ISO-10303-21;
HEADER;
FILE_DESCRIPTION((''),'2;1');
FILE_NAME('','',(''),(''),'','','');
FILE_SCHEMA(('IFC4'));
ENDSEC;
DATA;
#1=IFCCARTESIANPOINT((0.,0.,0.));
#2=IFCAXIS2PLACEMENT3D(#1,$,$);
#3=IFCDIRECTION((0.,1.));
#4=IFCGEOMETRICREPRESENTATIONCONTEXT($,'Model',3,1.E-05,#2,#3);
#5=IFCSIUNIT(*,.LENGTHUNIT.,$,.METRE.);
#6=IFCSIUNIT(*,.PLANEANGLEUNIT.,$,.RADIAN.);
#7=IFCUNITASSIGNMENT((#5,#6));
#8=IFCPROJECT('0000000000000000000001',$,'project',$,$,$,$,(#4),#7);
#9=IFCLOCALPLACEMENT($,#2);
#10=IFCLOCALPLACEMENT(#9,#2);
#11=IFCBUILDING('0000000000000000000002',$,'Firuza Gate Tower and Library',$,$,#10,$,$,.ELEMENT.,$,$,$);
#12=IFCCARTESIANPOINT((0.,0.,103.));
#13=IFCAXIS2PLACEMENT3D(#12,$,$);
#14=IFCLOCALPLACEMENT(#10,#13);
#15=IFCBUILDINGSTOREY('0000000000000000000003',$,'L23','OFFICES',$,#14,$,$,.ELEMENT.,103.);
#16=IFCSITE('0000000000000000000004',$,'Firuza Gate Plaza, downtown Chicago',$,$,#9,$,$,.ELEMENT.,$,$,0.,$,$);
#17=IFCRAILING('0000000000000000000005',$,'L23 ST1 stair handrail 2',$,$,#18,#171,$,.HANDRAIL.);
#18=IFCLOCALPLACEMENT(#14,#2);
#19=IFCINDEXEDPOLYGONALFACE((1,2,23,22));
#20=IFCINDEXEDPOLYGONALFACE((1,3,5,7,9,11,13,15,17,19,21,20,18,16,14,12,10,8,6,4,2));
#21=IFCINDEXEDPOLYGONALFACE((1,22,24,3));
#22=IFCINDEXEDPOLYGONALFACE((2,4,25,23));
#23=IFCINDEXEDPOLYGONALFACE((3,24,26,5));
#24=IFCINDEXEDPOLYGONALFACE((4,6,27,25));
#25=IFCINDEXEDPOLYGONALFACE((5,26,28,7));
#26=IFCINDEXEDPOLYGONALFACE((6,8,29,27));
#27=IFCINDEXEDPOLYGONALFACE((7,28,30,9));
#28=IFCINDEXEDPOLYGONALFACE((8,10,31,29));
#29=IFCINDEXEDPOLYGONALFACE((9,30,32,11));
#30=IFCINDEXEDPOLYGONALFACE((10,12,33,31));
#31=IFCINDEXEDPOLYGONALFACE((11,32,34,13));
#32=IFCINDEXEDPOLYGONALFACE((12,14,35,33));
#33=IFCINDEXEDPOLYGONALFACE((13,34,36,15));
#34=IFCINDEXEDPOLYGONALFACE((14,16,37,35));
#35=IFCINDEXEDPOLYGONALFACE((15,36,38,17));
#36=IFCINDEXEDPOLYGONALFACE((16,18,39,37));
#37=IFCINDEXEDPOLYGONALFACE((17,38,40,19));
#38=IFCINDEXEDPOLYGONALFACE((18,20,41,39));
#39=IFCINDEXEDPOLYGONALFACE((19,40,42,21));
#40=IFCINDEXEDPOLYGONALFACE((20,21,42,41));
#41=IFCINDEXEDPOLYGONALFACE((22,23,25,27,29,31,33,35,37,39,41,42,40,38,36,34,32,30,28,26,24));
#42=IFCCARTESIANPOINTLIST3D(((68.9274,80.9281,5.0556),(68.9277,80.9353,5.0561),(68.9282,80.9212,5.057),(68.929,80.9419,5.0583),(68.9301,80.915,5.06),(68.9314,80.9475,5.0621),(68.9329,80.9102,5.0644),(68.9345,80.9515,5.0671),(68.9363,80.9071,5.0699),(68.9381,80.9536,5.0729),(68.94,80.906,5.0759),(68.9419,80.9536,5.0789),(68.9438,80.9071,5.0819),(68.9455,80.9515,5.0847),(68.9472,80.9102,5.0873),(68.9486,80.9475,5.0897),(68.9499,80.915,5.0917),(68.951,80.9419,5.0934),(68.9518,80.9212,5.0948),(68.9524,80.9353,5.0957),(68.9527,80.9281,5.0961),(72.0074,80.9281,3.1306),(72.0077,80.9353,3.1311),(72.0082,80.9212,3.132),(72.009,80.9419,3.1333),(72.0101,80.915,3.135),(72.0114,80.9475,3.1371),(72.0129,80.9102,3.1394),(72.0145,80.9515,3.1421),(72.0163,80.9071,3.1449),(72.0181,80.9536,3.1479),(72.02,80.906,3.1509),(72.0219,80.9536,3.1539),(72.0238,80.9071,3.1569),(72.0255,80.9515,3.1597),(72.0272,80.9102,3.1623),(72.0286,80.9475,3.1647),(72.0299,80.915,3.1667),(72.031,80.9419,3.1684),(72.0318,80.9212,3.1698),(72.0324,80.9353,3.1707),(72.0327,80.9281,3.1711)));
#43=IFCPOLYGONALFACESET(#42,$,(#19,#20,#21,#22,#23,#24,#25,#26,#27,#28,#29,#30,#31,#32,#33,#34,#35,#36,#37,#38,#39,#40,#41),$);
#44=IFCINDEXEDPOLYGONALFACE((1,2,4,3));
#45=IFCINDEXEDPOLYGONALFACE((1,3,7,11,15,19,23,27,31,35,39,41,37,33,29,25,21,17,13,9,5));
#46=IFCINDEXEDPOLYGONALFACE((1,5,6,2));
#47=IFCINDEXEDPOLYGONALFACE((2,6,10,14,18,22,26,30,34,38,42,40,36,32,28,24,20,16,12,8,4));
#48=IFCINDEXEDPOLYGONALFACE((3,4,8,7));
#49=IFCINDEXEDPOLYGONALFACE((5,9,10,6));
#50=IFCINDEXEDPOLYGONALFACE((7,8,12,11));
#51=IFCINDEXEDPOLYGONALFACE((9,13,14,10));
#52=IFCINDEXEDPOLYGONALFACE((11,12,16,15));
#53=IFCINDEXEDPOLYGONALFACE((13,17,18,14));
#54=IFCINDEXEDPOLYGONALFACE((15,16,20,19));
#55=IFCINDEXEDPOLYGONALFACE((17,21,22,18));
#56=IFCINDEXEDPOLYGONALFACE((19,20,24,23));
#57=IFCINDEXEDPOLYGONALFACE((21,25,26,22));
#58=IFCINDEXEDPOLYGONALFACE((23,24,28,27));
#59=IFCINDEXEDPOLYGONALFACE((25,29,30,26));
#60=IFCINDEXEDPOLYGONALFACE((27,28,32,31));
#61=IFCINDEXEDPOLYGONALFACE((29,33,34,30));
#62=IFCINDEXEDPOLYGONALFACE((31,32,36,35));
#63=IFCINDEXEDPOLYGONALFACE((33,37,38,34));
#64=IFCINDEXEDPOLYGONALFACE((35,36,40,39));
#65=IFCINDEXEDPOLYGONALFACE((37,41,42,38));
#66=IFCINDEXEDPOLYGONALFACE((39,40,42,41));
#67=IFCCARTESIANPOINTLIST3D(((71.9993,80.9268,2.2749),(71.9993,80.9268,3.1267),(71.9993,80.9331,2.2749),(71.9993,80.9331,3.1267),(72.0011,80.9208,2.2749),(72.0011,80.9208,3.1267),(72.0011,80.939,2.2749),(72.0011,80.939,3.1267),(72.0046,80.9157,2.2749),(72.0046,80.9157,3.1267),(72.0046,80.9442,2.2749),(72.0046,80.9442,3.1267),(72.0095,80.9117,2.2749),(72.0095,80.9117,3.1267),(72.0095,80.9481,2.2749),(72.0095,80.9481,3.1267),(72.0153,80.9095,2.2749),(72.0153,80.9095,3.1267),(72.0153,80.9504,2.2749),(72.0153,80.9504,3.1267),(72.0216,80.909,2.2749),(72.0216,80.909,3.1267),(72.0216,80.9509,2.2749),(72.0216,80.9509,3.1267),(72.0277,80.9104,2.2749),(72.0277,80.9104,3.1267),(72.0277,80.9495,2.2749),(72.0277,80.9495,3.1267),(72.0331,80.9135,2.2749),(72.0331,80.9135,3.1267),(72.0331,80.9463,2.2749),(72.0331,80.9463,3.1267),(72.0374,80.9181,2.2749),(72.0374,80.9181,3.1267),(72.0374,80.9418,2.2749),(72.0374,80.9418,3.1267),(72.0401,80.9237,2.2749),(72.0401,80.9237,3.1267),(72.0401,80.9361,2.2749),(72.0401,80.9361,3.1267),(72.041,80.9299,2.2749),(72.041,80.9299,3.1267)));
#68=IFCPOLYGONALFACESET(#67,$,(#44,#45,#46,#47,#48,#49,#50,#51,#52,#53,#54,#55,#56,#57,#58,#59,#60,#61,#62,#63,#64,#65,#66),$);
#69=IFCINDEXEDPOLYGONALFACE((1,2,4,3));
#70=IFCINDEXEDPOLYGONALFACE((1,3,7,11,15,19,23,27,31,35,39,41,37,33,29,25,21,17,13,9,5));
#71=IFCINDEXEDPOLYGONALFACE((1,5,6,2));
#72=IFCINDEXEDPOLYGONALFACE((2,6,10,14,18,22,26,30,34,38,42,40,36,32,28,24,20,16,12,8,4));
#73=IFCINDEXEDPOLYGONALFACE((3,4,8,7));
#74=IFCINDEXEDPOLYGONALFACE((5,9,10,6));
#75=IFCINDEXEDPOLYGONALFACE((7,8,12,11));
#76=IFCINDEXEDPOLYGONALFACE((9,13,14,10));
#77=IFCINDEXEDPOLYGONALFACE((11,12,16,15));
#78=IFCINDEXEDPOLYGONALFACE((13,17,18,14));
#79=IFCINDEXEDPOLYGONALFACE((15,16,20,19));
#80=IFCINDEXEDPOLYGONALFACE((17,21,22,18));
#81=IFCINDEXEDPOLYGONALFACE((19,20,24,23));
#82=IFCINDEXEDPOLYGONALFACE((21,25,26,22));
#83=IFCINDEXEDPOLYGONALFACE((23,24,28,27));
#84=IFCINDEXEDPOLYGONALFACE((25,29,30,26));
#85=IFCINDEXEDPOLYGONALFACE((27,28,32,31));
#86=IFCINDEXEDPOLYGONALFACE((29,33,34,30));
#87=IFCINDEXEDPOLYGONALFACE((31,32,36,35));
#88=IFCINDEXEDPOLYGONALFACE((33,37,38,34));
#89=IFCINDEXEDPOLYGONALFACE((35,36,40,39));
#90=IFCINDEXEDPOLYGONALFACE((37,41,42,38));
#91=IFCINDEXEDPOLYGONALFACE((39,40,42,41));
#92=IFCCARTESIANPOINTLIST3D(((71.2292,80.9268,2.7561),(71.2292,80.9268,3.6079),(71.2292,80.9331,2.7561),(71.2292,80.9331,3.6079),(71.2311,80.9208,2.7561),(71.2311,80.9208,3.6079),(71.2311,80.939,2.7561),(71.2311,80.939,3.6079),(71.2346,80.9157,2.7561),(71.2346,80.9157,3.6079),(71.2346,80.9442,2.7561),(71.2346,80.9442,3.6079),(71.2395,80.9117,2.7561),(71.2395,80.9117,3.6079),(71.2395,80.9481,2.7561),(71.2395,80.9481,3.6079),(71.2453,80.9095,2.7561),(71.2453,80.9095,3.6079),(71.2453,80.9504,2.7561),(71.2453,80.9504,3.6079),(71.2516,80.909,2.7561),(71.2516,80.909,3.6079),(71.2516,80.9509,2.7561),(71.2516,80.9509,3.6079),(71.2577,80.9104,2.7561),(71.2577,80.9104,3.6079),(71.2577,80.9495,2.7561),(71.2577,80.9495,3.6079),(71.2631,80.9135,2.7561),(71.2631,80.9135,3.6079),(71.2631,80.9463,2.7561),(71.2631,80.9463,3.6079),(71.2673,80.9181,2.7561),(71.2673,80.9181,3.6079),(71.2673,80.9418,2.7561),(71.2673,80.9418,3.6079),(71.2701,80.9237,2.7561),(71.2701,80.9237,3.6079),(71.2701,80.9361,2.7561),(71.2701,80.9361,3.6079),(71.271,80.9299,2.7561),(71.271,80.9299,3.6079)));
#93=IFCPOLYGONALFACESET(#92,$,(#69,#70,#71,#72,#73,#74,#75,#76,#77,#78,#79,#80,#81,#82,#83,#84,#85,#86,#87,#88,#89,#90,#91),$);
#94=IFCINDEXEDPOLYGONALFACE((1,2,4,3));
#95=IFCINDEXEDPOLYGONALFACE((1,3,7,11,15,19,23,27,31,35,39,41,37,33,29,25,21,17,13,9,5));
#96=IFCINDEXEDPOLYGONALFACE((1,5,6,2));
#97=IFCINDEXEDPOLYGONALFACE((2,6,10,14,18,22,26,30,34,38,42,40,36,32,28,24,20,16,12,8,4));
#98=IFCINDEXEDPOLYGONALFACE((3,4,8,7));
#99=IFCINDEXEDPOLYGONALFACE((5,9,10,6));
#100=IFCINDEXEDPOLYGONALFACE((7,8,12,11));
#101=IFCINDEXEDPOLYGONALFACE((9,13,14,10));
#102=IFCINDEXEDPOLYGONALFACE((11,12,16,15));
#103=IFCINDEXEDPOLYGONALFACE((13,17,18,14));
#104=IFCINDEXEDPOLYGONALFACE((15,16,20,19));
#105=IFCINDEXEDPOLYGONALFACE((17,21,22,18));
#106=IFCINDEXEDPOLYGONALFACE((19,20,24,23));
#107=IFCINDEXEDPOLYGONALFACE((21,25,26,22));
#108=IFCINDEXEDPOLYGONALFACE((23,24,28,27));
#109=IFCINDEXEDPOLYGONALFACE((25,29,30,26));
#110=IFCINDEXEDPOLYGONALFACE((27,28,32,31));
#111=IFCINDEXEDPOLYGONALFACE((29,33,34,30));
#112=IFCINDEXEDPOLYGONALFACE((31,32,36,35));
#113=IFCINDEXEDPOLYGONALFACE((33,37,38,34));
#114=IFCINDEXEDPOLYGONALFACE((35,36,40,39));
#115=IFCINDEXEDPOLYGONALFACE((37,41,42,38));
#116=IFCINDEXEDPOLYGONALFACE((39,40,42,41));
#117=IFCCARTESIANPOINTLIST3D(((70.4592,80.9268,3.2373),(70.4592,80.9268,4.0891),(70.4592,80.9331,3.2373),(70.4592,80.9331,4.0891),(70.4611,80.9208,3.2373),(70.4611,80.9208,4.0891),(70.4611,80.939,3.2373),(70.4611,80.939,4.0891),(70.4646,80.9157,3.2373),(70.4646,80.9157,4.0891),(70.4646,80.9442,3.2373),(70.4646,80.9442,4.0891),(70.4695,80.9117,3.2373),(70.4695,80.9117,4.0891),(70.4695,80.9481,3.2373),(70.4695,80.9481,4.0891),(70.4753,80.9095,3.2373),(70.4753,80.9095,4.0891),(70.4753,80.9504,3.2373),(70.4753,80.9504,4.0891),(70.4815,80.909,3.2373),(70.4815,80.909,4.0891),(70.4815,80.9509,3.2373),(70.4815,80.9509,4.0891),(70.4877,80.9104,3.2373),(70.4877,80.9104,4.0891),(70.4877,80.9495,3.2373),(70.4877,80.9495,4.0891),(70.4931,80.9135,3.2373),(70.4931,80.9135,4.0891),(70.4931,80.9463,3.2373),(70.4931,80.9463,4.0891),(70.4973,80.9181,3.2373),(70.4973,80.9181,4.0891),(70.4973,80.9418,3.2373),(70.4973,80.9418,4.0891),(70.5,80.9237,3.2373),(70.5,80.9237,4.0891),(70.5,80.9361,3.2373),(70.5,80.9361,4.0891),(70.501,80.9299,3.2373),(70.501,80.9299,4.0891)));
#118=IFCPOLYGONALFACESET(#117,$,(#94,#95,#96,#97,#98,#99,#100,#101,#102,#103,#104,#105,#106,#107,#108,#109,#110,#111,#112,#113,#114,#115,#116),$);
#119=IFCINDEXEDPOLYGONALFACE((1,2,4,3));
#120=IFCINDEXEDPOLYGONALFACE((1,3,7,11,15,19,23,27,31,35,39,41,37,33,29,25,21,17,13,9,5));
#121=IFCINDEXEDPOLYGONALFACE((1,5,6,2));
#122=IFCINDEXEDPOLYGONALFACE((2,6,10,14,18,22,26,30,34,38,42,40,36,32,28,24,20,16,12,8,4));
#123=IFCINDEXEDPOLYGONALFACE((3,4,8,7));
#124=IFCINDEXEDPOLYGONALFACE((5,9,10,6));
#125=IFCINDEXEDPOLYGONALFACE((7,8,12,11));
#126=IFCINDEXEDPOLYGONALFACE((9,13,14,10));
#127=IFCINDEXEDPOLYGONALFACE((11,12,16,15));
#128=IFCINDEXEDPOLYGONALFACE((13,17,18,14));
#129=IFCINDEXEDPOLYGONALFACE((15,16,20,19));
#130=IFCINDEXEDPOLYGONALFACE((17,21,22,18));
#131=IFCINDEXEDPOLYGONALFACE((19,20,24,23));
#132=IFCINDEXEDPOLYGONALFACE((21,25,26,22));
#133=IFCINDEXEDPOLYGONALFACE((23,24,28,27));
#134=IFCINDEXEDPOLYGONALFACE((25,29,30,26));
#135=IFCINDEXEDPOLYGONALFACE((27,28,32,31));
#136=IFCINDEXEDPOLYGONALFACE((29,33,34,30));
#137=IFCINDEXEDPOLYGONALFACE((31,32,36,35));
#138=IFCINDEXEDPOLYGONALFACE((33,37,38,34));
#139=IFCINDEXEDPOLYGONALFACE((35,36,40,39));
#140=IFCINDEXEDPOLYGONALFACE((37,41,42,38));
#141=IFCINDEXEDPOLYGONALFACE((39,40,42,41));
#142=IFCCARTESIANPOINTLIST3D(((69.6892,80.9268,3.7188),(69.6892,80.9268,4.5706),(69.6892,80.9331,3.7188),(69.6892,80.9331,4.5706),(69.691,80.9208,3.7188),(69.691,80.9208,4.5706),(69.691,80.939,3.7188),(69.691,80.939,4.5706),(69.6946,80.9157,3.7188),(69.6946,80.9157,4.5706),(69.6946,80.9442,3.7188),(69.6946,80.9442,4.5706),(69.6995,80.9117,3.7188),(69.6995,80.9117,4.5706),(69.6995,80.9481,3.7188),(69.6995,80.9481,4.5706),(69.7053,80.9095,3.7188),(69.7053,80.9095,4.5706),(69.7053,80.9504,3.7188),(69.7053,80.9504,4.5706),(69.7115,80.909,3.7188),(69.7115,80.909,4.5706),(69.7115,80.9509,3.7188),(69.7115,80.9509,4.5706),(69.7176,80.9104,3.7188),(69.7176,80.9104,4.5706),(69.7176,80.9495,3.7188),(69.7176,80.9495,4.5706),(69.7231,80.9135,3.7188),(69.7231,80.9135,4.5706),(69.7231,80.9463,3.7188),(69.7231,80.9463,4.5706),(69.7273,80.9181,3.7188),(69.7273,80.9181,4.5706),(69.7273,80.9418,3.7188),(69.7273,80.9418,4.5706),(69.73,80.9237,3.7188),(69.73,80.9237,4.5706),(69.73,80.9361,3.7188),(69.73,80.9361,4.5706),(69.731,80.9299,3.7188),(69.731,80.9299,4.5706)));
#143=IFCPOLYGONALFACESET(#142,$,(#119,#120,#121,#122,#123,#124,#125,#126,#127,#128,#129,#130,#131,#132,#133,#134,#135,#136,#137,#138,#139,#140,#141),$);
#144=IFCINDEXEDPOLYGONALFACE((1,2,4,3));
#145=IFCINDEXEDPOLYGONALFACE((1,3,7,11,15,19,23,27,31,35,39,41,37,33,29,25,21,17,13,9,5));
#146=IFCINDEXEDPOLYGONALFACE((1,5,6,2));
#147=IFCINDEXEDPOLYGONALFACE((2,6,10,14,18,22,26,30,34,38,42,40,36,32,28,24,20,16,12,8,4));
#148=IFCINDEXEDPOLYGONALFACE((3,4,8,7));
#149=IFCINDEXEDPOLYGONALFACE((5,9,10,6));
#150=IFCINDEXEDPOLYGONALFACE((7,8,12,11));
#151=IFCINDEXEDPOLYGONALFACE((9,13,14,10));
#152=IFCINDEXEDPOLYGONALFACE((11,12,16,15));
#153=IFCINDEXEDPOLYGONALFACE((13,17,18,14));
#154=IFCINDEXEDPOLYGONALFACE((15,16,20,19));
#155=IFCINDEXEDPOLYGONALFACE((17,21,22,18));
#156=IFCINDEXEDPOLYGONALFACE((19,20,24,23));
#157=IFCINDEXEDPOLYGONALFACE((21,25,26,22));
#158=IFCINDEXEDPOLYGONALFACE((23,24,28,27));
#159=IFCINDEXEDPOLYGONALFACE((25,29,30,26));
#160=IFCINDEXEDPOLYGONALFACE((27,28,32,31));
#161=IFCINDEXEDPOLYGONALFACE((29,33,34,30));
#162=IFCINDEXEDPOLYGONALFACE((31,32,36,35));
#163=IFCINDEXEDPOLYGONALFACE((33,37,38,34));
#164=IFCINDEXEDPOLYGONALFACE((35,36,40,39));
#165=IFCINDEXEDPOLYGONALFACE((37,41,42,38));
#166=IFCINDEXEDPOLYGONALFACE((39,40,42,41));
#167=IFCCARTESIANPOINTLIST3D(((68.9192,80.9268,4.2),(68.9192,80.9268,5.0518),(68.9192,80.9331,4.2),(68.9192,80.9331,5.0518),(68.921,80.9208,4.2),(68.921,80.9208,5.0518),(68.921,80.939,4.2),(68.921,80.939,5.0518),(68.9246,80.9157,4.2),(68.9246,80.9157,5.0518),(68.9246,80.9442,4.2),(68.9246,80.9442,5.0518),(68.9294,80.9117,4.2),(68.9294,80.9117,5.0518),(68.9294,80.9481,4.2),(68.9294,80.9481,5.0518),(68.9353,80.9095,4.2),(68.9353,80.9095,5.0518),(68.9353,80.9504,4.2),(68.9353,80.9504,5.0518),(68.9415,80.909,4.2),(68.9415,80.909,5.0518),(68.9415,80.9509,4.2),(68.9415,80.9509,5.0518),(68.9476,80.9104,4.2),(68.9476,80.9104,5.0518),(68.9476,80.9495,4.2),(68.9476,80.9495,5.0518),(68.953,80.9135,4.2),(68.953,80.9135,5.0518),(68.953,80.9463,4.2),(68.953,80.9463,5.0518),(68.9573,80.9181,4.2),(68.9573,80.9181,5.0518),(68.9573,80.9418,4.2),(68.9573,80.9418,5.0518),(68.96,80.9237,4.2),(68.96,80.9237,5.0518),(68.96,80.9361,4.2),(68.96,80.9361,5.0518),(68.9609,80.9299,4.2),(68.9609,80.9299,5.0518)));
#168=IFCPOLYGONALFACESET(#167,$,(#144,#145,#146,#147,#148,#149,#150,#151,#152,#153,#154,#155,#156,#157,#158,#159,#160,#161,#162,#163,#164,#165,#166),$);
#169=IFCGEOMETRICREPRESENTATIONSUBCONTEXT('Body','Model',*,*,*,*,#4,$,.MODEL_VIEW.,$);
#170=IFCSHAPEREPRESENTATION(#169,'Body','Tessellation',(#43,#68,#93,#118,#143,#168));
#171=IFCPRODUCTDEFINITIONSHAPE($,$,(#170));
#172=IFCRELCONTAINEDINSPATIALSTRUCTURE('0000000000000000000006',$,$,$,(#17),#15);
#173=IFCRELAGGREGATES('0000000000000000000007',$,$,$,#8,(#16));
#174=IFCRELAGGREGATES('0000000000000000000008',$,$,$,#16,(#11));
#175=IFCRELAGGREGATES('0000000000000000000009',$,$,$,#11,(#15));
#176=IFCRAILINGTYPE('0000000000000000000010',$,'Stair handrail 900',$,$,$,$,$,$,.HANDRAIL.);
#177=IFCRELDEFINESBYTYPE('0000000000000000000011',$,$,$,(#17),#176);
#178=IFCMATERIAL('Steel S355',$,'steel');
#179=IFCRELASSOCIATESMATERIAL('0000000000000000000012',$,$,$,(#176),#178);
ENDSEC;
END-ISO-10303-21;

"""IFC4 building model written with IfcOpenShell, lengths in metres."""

from ifc_helpers import new_model, si_unit, direction, frame, origin, origin_2d, place, context, subcontext, project, spatial, circle, extrude, material, type_object, element, save


model = new_model("IFC4")

# Units and contexts
model_context = context("Model", 3, precision=1e-05, world=origin(), true_north=direction((0.0, 1.0)))
body_context = subcontext(model_context, "Body", "Model", "MODEL_VIEW")
ifc_project = project(units=[si_unit("LENGTHUNIT", "METRE"), si_unit("PLANEANGLEUNIT", "RADIAN")], contexts=[model_context])

# Site, building, storey
site_placement = place(None, origin())
site = spatial("IfcSite", under=ifc_project, at=site_placement, Name="Firuza Gate Plaza, downtown Chicago", CompositionType="ELEMENT", RefElevation=0.0)
building_placement = place(site_placement, origin())
building = spatial("IfcBuilding", under=site, at=building_placement, Name="Firuza Gate Tower and Library", CompositionType="ELEMENT")
storey_placement = place(building_placement, frame((0.0, 0.0, 103.0)))
storey = spatial("IfcBuildingStorey", under=building, at=storey_placement, Name="L23", Description="OFFICES", CompositionType="ELEMENT", Elevation=103.0)

# Railing
ifc_material_1 = material(Name="Steel S355", Category="steel")
railing_type_1 = type_object("IfcRailingType", Name="Stair handrail 900", PredefinedType="HANDRAIL", material=ifc_material_1)
railing_1_placement = place(storey_placement, frame((72.02, 80.9299, 2.2749)))
element("IfcRailing", 1, at=railing_1_placement, inside=storey, type_object=railing_type_1, Name="L23 ST1 stair handrail 2", PredefinedType="HANDRAIL", context=body_context, shape_type="SweptSolid", body=[
    extrude(circle(Radius=0.0239, at=origin_2d()), frame((0.0, 0.0, 0.876), z_axis=(-0.847998, 0.0, 0.529999), x_axis=(0.0, -1.0, 0.0)), (0.0, 0.0, 1.0), 3.6321),
    extrude(circle(Radius=0.021, at=origin_2d()), origin(), (0.0, 0.0, 1.0), 0.8518),
    extrude(circle(Radius=0.021, at=origin_2d()), frame((-0.77, 0.0, 0.4812)), (0.0, 0.0, 1.0), 0.8518),
    extrude(circle(Radius=0.021, at=origin_2d()), frame((-1.54, 0.0, 0.9624)), (0.0, 0.0, 1.0), 0.8518),
    extrude(circle(Radius=0.021, at=origin_2d()), frame((-2.3101, 0.0, 1.4438)), (0.0, 0.0, 1.0), 0.8518),
    extrude(circle(Radius=0.021, at=origin_2d()), frame((-3.0801, 0.0, 1.925)), (0.0, 0.0, 1.0), 0.8518),
])

save(model, "model.ifc")
